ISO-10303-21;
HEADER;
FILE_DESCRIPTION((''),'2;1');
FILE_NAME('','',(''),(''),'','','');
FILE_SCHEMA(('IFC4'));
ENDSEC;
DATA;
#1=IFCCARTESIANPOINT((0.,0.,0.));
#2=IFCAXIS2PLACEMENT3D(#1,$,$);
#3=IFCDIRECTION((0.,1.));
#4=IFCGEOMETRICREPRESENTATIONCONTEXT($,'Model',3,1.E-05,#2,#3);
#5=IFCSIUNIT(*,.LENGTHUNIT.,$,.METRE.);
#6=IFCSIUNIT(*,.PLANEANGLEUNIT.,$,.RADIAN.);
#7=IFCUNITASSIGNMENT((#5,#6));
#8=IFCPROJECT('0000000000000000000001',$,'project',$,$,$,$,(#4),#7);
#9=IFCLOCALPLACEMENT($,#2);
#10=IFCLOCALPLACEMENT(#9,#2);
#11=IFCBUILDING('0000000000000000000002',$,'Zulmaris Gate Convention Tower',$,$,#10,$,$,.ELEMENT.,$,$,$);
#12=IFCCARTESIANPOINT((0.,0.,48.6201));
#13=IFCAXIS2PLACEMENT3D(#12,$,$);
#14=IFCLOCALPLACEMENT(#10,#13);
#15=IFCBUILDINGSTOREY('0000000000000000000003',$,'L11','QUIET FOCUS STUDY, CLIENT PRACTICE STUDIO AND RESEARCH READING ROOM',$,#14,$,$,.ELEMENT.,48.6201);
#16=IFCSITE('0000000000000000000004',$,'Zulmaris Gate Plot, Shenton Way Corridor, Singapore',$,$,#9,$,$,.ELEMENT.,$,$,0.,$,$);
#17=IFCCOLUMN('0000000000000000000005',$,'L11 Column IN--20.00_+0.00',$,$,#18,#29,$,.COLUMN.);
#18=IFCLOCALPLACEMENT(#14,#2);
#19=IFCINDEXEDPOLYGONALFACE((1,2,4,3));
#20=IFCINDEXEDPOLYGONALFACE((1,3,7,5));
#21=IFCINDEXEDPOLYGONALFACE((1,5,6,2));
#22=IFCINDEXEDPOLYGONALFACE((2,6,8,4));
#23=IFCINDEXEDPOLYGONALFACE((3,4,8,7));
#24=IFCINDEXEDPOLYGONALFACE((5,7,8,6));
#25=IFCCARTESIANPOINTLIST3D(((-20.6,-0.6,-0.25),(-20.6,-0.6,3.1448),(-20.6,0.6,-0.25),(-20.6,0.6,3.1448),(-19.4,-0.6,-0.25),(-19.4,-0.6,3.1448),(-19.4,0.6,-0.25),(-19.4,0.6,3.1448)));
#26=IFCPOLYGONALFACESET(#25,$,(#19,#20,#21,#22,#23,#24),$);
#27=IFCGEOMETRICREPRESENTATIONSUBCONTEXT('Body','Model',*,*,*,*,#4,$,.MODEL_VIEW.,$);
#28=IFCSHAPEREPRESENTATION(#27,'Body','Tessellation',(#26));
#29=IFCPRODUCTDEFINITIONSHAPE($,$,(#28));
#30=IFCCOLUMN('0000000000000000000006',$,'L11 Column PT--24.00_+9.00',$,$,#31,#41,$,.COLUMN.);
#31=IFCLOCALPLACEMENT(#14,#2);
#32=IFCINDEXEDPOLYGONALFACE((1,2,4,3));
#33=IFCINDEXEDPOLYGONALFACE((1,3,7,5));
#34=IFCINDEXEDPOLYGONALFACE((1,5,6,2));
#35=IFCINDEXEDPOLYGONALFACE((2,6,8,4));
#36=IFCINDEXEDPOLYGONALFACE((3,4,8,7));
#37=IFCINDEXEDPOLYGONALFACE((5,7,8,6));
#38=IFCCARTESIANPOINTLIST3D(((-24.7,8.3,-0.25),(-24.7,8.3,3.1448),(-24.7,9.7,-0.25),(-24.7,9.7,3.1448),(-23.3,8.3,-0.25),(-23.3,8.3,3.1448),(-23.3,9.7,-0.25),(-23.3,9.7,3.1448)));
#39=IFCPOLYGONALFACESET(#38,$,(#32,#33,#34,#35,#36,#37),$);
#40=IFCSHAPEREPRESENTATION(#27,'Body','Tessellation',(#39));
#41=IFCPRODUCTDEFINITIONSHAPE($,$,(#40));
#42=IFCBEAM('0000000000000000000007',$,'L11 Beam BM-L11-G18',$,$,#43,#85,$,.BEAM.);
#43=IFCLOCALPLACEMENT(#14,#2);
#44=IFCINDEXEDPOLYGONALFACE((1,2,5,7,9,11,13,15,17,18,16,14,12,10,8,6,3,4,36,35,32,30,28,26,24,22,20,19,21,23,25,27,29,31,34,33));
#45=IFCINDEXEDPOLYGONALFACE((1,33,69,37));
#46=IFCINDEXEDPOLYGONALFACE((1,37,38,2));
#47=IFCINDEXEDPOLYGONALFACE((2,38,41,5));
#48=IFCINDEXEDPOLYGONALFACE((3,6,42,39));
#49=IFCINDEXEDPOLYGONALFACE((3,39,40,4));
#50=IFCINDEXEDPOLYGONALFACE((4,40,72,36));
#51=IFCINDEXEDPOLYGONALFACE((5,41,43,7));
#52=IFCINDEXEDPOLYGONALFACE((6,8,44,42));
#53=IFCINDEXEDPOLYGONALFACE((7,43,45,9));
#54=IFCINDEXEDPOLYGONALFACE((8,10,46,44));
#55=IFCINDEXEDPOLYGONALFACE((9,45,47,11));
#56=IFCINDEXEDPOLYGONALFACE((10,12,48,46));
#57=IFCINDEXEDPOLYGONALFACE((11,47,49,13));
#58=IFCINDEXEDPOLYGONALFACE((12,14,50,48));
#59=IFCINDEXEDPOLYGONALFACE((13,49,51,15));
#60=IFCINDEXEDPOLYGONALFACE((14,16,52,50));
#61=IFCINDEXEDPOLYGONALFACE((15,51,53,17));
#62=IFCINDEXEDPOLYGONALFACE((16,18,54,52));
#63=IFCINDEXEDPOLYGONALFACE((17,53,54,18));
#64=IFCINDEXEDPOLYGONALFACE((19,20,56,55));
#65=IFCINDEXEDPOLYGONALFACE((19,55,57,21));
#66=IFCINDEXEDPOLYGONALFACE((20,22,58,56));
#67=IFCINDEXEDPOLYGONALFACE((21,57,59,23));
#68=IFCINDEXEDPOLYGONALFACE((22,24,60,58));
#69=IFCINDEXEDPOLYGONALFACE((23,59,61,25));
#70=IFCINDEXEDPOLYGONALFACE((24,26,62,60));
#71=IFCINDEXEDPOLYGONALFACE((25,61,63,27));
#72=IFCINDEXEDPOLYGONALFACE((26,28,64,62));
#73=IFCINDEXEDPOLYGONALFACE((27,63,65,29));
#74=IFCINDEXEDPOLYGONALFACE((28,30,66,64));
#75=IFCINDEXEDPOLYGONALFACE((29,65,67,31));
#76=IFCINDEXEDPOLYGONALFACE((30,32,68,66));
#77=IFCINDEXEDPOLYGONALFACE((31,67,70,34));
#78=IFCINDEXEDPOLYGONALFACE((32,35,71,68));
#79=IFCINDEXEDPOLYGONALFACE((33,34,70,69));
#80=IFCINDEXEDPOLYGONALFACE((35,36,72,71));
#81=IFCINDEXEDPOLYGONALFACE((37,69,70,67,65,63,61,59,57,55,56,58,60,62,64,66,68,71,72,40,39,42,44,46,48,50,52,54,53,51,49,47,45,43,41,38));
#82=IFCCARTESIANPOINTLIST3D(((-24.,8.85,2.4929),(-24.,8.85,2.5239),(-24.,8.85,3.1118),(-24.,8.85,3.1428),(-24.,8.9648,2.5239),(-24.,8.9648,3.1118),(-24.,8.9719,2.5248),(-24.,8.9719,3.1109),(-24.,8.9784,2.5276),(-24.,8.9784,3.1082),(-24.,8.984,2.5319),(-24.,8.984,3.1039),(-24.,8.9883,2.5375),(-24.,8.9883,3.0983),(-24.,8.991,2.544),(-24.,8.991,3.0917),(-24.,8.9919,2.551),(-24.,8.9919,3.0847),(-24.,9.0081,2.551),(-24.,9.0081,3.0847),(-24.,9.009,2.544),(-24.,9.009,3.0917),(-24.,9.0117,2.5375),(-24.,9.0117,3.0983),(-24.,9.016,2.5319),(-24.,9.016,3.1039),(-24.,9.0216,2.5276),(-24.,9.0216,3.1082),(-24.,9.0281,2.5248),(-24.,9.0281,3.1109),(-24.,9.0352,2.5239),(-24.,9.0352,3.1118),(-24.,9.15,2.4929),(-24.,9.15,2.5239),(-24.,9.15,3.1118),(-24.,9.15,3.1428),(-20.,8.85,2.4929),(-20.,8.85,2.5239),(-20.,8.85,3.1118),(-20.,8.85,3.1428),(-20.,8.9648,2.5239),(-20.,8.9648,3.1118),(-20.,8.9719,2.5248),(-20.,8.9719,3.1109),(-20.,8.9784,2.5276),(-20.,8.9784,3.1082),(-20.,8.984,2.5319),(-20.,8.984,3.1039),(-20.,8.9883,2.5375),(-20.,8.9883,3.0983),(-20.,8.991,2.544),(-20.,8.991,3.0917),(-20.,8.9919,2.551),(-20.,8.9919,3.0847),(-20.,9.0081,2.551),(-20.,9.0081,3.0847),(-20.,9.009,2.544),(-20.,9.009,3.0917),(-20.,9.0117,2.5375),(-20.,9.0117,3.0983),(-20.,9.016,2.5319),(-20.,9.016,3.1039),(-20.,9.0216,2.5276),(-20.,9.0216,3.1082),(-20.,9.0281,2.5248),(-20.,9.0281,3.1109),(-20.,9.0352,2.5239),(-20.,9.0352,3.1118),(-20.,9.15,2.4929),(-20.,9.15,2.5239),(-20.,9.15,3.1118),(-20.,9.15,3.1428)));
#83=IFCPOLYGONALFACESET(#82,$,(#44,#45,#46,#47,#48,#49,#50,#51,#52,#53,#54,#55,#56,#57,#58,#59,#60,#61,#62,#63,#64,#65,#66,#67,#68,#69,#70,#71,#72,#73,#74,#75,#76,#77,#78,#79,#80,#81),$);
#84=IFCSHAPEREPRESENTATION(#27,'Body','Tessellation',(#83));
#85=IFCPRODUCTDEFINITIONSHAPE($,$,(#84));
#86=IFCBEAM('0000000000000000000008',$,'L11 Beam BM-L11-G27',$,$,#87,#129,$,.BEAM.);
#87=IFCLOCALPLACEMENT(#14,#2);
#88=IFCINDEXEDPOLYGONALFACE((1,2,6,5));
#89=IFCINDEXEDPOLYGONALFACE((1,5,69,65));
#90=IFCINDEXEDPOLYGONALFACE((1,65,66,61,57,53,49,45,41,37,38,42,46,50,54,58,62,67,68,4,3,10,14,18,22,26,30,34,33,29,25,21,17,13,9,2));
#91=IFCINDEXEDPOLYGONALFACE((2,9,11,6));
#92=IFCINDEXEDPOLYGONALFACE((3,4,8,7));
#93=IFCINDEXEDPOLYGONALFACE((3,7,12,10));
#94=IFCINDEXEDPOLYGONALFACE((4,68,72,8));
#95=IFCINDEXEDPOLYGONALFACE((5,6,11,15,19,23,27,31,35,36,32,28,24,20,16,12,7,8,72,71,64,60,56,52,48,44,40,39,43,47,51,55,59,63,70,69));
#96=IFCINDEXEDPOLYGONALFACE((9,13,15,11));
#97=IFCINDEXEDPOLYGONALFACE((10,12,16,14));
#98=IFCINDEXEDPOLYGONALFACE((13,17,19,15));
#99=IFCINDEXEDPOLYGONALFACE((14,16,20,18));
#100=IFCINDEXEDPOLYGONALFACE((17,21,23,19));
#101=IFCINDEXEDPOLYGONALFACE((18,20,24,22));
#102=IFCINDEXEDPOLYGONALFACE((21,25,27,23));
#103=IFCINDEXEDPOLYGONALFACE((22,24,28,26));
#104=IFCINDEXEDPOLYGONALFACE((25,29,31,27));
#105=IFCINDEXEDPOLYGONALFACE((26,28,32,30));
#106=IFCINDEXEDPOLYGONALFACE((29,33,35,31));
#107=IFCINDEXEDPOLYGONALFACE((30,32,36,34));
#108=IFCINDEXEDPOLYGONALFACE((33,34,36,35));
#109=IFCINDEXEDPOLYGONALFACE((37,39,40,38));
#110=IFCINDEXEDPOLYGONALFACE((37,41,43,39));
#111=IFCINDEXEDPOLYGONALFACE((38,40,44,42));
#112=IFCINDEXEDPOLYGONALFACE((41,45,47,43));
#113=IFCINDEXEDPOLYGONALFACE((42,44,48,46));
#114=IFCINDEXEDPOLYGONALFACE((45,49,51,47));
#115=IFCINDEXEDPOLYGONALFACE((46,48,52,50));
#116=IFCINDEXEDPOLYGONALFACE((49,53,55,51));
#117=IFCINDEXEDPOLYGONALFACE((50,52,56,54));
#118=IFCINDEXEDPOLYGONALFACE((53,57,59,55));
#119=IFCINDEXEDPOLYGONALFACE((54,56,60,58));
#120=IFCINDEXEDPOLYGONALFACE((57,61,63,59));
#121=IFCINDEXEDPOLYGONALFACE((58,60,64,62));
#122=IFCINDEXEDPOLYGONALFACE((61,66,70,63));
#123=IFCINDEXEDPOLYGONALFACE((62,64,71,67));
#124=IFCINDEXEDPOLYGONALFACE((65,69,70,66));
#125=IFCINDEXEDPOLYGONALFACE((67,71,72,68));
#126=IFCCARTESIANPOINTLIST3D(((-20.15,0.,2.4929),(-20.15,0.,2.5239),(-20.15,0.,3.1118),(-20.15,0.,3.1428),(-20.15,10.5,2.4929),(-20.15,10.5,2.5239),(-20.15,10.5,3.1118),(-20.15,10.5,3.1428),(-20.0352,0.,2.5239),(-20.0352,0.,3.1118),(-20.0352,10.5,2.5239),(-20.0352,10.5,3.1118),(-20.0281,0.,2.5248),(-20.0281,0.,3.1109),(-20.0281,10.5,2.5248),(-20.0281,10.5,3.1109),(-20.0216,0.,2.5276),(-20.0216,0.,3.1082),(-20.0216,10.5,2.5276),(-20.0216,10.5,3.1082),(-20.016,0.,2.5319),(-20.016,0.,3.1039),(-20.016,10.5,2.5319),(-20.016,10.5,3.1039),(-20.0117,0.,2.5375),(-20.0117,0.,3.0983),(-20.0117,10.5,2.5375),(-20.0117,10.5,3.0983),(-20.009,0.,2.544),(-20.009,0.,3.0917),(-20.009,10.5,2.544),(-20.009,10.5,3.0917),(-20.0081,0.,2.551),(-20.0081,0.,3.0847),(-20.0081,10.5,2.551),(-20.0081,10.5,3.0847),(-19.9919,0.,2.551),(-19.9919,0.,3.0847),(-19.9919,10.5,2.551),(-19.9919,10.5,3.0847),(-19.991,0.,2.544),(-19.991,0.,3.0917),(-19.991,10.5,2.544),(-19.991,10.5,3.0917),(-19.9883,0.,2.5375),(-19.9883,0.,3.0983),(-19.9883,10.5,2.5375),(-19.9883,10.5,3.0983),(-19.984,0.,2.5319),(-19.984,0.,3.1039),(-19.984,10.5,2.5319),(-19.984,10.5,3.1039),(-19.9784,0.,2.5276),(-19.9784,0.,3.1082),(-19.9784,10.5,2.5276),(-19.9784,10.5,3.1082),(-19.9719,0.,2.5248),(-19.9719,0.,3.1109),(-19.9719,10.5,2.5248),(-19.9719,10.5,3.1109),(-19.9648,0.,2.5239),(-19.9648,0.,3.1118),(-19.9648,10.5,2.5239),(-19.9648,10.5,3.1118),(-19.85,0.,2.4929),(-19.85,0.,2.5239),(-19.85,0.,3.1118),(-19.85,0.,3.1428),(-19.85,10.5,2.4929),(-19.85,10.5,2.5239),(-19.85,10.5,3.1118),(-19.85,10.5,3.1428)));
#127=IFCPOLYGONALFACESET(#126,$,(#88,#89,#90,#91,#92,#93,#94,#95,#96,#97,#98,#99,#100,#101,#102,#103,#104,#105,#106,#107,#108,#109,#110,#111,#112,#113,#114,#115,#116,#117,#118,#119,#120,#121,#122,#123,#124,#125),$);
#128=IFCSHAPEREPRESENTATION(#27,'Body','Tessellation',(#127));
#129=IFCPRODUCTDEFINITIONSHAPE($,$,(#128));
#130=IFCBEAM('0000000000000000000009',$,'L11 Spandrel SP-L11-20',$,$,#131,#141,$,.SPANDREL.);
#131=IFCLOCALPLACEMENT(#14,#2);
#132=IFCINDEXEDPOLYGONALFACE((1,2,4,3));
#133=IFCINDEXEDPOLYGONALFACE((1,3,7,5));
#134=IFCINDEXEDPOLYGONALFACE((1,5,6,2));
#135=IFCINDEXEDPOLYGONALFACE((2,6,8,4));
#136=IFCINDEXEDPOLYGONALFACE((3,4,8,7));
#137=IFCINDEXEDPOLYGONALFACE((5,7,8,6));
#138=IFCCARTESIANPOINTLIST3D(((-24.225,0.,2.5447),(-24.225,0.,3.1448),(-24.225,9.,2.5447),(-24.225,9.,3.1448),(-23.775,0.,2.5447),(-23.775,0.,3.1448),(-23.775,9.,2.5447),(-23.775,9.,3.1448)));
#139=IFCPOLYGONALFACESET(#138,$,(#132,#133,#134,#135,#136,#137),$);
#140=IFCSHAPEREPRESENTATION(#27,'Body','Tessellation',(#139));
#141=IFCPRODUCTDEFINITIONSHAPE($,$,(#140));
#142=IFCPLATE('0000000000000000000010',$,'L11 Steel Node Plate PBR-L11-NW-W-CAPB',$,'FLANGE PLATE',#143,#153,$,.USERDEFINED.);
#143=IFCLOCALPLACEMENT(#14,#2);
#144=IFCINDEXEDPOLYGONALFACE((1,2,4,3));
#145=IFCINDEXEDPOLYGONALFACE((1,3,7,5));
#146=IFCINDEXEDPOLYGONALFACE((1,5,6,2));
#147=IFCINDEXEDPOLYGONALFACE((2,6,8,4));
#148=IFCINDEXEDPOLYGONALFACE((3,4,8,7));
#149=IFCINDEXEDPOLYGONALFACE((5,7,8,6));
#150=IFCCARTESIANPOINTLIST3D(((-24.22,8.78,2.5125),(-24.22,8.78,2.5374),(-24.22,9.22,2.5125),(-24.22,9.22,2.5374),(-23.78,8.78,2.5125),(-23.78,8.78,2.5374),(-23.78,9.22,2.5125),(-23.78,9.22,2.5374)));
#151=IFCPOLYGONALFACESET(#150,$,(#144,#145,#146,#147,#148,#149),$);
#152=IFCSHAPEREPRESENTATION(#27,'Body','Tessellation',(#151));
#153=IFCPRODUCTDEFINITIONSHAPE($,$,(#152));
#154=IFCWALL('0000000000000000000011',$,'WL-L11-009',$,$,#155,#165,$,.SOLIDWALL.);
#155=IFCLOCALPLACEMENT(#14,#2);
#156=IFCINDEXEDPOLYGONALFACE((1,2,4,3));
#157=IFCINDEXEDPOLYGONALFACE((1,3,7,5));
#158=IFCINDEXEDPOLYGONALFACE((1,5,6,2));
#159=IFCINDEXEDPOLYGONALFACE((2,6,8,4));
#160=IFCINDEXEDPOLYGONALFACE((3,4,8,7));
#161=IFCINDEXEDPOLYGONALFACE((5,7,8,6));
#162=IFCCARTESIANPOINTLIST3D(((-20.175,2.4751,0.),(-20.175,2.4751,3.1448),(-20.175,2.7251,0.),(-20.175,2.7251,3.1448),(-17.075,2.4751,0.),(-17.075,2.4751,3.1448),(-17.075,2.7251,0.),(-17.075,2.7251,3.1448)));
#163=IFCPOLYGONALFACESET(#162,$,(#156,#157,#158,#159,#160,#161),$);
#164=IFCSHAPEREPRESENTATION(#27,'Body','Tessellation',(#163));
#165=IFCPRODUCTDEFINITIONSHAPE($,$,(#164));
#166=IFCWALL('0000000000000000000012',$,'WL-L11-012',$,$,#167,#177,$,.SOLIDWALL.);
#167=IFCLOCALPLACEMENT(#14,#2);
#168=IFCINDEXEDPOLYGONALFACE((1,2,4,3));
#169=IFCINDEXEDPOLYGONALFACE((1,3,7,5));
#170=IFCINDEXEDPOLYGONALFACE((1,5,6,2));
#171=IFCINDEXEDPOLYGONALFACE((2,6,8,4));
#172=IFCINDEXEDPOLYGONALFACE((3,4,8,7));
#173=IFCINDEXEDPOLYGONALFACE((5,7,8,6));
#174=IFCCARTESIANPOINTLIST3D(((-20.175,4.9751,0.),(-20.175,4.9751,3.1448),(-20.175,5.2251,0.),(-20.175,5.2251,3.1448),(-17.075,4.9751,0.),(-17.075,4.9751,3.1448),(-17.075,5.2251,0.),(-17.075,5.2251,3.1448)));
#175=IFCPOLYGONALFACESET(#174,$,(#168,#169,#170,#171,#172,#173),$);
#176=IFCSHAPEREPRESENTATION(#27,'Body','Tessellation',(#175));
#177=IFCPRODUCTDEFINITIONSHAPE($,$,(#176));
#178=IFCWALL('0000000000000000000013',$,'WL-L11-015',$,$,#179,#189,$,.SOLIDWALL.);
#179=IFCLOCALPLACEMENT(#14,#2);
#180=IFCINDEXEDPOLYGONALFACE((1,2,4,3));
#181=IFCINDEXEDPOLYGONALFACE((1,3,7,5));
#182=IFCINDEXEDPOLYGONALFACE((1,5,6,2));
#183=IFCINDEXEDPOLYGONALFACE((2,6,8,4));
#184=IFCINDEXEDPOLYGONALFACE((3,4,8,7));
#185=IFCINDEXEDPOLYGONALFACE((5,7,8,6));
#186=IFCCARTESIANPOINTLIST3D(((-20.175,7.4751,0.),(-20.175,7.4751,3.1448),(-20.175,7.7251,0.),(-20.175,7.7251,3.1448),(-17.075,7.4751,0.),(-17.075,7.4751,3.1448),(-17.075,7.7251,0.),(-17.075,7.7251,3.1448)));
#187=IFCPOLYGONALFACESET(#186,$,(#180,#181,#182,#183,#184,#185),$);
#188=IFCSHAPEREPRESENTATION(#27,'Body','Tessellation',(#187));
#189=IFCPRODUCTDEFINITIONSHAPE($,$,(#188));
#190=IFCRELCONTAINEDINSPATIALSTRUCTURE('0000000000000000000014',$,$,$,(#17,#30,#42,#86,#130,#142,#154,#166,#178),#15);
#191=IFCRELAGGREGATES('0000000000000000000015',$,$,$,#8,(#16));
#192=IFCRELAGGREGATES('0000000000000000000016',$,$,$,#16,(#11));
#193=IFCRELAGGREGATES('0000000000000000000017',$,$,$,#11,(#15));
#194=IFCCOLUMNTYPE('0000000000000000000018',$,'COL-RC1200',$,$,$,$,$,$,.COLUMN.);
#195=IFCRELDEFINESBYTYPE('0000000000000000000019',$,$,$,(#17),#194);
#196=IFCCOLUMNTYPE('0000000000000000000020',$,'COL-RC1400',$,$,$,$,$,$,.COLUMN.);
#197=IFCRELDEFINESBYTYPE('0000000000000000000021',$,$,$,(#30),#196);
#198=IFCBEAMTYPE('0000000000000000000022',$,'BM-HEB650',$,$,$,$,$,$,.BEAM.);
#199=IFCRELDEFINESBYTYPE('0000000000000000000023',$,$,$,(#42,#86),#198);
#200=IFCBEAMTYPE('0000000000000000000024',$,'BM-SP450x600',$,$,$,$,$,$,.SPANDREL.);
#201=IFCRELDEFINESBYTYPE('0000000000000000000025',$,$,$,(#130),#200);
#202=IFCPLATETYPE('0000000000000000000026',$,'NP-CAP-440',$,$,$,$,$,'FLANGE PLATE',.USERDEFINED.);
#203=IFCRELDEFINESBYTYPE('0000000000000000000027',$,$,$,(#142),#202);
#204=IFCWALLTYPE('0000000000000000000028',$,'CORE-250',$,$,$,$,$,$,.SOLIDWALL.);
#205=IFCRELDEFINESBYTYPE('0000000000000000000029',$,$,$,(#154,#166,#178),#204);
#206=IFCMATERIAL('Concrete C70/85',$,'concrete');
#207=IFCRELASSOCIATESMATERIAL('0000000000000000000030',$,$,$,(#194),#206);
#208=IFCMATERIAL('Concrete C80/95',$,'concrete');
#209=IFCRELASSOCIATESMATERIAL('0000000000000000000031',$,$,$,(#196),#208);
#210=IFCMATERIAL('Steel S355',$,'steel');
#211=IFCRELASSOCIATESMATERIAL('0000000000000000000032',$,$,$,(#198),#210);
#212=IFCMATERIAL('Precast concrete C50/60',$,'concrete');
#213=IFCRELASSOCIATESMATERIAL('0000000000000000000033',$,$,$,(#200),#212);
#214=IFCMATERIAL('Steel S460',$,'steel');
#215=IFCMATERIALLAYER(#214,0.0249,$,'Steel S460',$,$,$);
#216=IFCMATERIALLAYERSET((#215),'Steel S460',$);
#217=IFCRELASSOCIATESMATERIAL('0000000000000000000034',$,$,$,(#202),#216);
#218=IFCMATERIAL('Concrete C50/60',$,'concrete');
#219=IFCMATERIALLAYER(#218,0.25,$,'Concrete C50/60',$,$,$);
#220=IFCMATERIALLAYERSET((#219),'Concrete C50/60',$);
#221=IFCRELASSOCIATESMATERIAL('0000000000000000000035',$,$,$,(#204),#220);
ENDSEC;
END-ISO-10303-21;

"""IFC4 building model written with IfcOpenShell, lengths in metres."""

from ifc_helpers import new_model, si_unit, direction, frame, frame_2d, origin, origin_2d, place, context, subcontext, project, spatial, rectangle, i_section, extrude, material, layer, layer_set, material_profile, profile_set, type_object, element, save


model = new_model("IFC4")

# Units and contexts
model_context = context("Model", 3, precision=1e-05, world=origin(), true_north=direction((0.0, 1.0)))
body_context = subcontext(model_context, "Body", "Model", "MODEL_VIEW")
ifc_project = project(units=[si_unit("LENGTHUNIT", "METRE"), si_unit("PLANEANGLEUNIT", "RADIAN")], contexts=[model_context])

# Site, building, storey
site_placement = place(None, origin())
site = spatial("IfcSite", under=ifc_project, at=site_placement, Name="Zulmaris Gate Plot, Shenton Way Corridor, Singapore", CompositionType="ELEMENT", RefElevation=0.0)
building_placement = place(site_placement, origin())
building = spatial("IfcBuilding", under=site, at=building_placement, Name="Zulmaris Gate Convention Tower", CompositionType="ELEMENT")
storey_placement = place(building_placement, frame((0.0, 0.0, 48.6201)))
storey = spatial("IfcBuildingStorey", under=building, at=storey_placement, Name="L11", Description="QUIET FOCUS STUDY, CLIENT PRACTICE STUDIO AND RESEARCH READING ROOM", CompositionType="ELEMENT", Elevation=48.6201)

# Columns
ifc_material_1 = material(Name="Concrete C70/85", Category="concrete")
ifc_material_profile_1 = material_profile(ifc_material_1, rectangle(XDim=1.2, YDim=1.2, at=origin_2d()), Name="RC COL 1200x1200")
ifc_profile_set_1 = profile_set([ifc_material_profile_1], Name="Concrete C70/85")
column_type_1 = type_object("IfcColumnType", Name="COL-RC1200", PredefinedType="COLUMN", material=ifc_profile_set_1)
column_1_placement = place(storey_placement, frame((-20.0, 0.0, -0.25), z_axis=(0.0, 0.0, 1.0), x_axis=(1.0, 0.0, 0.0)))
element("IfcColumn", 1, at=column_1_placement, inside=storey, type_object=column_type_1, Name="L11 Column IN--20.00_+0.00", PredefinedType="COLUMN", context=body_context, shape_type="SweptSolid", body=[
    extrude(rectangle(XDim=1.2, YDim=1.2, at=origin_2d()), origin(), (0.0, 0.0, 1.0), 3.3948),
])
ifc_material_2 = material(Name="Concrete C80/95", Category="concrete")
ifc_material_profile_2 = material_profile(ifc_material_2, rectangle(XDim=1.3999, YDim=1.3999, at=origin_2d()), Name="RC COL 1400x1400")
ifc_profile_set_2 = profile_set([ifc_material_profile_2], Name="Concrete C80/95")
column_type_2 = type_object("IfcColumnType", Name="COL-RC1400", PredefinedType="COLUMN", material=ifc_profile_set_2)
column_2_placement = place(storey_placement, frame((-24.0, 9.0, -0.25), z_axis=(0.0, 0.0, 1.0), x_axis=(1.0, 0.0, 0.0)))
element("IfcColumn", 2, at=column_2_placement, inside=storey, type_object=column_type_2, Name="L11 Column PT--24.00_+9.00", PredefinedType="COLUMN", context=body_context, shape_type="SweptSolid", body=[
    extrude(rectangle(XDim=1.3999, YDim=1.3999, at=origin_2d()), origin(), (0.0, 0.0, 1.0), 3.3948),
])

# Beams
ifc_material_3 = material(Name="Steel S355", Category="steel")
ifc_material_profile_3 = material_profile(ifc_material_3, i_section(OverallWidth=0.3, OverallDepth=0.6499, WebThickness=0.0161, FlangeThickness=0.031, FilletRadius=0.0271, at=origin_2d()), Name="HEB 650")
ifc_profile_set_3 = profile_set([ifc_material_profile_3], Name="Steel S355")
beam_type_1 = type_object("IfcBeamType", Name="BM-HEB650", PredefinedType="BEAM", material=ifc_profile_set_3)
beam_1_placement = place(storey_placement, frame((-24.0, 9.0, 2.8179), z_axis=(1.0, 0.0, 0.0), x_axis=(0.0, 1.0, 0.0)))
element("IfcBeam", 3, at=beam_1_placement, inside=storey, type_object=beam_type_1, Name="L11 Beam BM-L11-G18", PredefinedType="BEAM", context=body_context, shape_type="SweptSolid", body=[
    extrude(i_section(OverallWidth=0.3, OverallDepth=0.6499, WebThickness=0.0161, FlangeThickness=0.031, FilletRadius=0.0271, at=origin_2d()), origin(), (0.0, 0.0, 1.0), 4.0),
])
beam_2_placement = place(storey_placement, frame((-20.0, 0.0, 2.8179), z_axis=(0.0, 1.0, 0.0), x_axis=(-1.0, 0.0, 0.0)))
element("IfcBeam", 4, at=beam_2_placement, inside=storey, type_object=beam_type_1, Name="L11 Beam BM-L11-G27", PredefinedType="BEAM", context=body_context, shape_type="SweptSolid", body=[
    extrude(i_section(OverallWidth=0.3, OverallDepth=0.6499, WebThickness=0.0161, FlangeThickness=0.031, FilletRadius=0.0271, at=origin_2d()), origin(), (0.0, 0.0, 1.0), 10.5),
])
ifc_material_4 = material(Name="Precast concrete C50/60", Category="concrete")
ifc_material_profile_4 = material_profile(ifc_material_4, rectangle(XDim=0.45, YDim=0.6001, at=origin_2d()), Name="RC SPANDREL 450x600")
ifc_profile_set_4 = profile_set([ifc_material_profile_4], Name="Precast concrete C50/60")
beam_type_2 = type_object("IfcBeamType", Name="BM-SP450x600", PredefinedType="SPANDREL", material=ifc_profile_set_4)
beam_3_placement = place(storey_placement, frame((-24.0, 9.0, 2.8447), z_axis=(0.0, -1.0, 0.0), x_axis=(1.0, 0.0, 0.0)))
element("IfcBeam", 5, at=beam_3_placement, inside=storey, type_object=beam_type_2, Name="L11 Spandrel SP-L11-20", PredefinedType="SPANDREL", context=body_context, shape_type="SweptSolid", body=[
    extrude(rectangle(XDim=0.45, YDim=0.6001, at=origin_2d()), origin(), (0.0, 0.0, 1.0), 9.0),
])

# Plate
ifc_material_5 = material(Name="Steel S460", Category="steel")
ifc_layer_1 = layer(ifc_material_5, 0.0249, Name="Steel S460")
ifc_layer_set_1 = layer_set([ifc_layer_1], Name="Steel S460")
plate_type = type_object("IfcPlateType", Name="NP-CAP-440", ElementType="FLANGE PLATE", PredefinedType="USERDEFINED", material=ifc_layer_set_1)
plate_placement = place(storey_placement, frame((-24.0, 9.0, 2.5125), z_axis=(0.0, 0.0, 1.0), x_axis=(1.0, 0.0, 0.0)))
element("IfcPlate", 6, at=plate_placement, inside=storey, type_object=plate_type, Name="L11 Steel Node Plate PBR-L11-NW-W-CAPB", ObjectType="FLANGE PLATE", PredefinedType="USERDEFINED", context=body_context, shape_type="SweptSolid", body=[
    extrude(rectangle(XDim=0.4399, YDim=0.4399, at=origin_2d()), origin(), (0.0, 0.0, 1.0), 0.0249),
])

# Walls
ifc_material_6 = material(Name="Concrete C50/60", Category="concrete")
ifc_layer_2 = layer(ifc_material_6, 0.25, Name="Concrete C50/60")
ifc_layer_set_2 = layer_set([ifc_layer_2], Name="Concrete C50/60")
wall_type_1 = type_object("IfcWallType", Name="CORE-250", PredefinedType="SOLIDWALL", material=ifc_layer_set_2)
for number, where, z_axis, x_axis, name in (
    (7, (-20.175, 2.6001, 0.0), (0.0, 0.0, 1.0), (1.0, 0.0, 0.0), "WL-L11-009"),
    (8, (-20.175, 5.1001, 0.0), (0.0, 0.0, 1.0), (1.0, 0.0, 0.0), "WL-L11-012"),
    (9, (-20.175, 7.6001, 0.0), (0.0, 0.0, 1.0), (1.0, 0.0, 0.0), "WL-L11-015"),
):
    element("IfcWall", number, at=place(storey_placement, frame(where, z_axis=z_axis, x_axis=x_axis)), inside=storey, type_object=wall_type_1, Name=name, PredefinedType="SOLIDWALL", context=body_context, shape_type="SweptSolid", body=[
        extrude(rectangle(XDim=3.1001, YDim=0.25, at=frame_2d((1.55, 0.0))), origin(), (0.0, 0.0, 1.0), 3.1448),
    ])

save(model, "model.ifc")
